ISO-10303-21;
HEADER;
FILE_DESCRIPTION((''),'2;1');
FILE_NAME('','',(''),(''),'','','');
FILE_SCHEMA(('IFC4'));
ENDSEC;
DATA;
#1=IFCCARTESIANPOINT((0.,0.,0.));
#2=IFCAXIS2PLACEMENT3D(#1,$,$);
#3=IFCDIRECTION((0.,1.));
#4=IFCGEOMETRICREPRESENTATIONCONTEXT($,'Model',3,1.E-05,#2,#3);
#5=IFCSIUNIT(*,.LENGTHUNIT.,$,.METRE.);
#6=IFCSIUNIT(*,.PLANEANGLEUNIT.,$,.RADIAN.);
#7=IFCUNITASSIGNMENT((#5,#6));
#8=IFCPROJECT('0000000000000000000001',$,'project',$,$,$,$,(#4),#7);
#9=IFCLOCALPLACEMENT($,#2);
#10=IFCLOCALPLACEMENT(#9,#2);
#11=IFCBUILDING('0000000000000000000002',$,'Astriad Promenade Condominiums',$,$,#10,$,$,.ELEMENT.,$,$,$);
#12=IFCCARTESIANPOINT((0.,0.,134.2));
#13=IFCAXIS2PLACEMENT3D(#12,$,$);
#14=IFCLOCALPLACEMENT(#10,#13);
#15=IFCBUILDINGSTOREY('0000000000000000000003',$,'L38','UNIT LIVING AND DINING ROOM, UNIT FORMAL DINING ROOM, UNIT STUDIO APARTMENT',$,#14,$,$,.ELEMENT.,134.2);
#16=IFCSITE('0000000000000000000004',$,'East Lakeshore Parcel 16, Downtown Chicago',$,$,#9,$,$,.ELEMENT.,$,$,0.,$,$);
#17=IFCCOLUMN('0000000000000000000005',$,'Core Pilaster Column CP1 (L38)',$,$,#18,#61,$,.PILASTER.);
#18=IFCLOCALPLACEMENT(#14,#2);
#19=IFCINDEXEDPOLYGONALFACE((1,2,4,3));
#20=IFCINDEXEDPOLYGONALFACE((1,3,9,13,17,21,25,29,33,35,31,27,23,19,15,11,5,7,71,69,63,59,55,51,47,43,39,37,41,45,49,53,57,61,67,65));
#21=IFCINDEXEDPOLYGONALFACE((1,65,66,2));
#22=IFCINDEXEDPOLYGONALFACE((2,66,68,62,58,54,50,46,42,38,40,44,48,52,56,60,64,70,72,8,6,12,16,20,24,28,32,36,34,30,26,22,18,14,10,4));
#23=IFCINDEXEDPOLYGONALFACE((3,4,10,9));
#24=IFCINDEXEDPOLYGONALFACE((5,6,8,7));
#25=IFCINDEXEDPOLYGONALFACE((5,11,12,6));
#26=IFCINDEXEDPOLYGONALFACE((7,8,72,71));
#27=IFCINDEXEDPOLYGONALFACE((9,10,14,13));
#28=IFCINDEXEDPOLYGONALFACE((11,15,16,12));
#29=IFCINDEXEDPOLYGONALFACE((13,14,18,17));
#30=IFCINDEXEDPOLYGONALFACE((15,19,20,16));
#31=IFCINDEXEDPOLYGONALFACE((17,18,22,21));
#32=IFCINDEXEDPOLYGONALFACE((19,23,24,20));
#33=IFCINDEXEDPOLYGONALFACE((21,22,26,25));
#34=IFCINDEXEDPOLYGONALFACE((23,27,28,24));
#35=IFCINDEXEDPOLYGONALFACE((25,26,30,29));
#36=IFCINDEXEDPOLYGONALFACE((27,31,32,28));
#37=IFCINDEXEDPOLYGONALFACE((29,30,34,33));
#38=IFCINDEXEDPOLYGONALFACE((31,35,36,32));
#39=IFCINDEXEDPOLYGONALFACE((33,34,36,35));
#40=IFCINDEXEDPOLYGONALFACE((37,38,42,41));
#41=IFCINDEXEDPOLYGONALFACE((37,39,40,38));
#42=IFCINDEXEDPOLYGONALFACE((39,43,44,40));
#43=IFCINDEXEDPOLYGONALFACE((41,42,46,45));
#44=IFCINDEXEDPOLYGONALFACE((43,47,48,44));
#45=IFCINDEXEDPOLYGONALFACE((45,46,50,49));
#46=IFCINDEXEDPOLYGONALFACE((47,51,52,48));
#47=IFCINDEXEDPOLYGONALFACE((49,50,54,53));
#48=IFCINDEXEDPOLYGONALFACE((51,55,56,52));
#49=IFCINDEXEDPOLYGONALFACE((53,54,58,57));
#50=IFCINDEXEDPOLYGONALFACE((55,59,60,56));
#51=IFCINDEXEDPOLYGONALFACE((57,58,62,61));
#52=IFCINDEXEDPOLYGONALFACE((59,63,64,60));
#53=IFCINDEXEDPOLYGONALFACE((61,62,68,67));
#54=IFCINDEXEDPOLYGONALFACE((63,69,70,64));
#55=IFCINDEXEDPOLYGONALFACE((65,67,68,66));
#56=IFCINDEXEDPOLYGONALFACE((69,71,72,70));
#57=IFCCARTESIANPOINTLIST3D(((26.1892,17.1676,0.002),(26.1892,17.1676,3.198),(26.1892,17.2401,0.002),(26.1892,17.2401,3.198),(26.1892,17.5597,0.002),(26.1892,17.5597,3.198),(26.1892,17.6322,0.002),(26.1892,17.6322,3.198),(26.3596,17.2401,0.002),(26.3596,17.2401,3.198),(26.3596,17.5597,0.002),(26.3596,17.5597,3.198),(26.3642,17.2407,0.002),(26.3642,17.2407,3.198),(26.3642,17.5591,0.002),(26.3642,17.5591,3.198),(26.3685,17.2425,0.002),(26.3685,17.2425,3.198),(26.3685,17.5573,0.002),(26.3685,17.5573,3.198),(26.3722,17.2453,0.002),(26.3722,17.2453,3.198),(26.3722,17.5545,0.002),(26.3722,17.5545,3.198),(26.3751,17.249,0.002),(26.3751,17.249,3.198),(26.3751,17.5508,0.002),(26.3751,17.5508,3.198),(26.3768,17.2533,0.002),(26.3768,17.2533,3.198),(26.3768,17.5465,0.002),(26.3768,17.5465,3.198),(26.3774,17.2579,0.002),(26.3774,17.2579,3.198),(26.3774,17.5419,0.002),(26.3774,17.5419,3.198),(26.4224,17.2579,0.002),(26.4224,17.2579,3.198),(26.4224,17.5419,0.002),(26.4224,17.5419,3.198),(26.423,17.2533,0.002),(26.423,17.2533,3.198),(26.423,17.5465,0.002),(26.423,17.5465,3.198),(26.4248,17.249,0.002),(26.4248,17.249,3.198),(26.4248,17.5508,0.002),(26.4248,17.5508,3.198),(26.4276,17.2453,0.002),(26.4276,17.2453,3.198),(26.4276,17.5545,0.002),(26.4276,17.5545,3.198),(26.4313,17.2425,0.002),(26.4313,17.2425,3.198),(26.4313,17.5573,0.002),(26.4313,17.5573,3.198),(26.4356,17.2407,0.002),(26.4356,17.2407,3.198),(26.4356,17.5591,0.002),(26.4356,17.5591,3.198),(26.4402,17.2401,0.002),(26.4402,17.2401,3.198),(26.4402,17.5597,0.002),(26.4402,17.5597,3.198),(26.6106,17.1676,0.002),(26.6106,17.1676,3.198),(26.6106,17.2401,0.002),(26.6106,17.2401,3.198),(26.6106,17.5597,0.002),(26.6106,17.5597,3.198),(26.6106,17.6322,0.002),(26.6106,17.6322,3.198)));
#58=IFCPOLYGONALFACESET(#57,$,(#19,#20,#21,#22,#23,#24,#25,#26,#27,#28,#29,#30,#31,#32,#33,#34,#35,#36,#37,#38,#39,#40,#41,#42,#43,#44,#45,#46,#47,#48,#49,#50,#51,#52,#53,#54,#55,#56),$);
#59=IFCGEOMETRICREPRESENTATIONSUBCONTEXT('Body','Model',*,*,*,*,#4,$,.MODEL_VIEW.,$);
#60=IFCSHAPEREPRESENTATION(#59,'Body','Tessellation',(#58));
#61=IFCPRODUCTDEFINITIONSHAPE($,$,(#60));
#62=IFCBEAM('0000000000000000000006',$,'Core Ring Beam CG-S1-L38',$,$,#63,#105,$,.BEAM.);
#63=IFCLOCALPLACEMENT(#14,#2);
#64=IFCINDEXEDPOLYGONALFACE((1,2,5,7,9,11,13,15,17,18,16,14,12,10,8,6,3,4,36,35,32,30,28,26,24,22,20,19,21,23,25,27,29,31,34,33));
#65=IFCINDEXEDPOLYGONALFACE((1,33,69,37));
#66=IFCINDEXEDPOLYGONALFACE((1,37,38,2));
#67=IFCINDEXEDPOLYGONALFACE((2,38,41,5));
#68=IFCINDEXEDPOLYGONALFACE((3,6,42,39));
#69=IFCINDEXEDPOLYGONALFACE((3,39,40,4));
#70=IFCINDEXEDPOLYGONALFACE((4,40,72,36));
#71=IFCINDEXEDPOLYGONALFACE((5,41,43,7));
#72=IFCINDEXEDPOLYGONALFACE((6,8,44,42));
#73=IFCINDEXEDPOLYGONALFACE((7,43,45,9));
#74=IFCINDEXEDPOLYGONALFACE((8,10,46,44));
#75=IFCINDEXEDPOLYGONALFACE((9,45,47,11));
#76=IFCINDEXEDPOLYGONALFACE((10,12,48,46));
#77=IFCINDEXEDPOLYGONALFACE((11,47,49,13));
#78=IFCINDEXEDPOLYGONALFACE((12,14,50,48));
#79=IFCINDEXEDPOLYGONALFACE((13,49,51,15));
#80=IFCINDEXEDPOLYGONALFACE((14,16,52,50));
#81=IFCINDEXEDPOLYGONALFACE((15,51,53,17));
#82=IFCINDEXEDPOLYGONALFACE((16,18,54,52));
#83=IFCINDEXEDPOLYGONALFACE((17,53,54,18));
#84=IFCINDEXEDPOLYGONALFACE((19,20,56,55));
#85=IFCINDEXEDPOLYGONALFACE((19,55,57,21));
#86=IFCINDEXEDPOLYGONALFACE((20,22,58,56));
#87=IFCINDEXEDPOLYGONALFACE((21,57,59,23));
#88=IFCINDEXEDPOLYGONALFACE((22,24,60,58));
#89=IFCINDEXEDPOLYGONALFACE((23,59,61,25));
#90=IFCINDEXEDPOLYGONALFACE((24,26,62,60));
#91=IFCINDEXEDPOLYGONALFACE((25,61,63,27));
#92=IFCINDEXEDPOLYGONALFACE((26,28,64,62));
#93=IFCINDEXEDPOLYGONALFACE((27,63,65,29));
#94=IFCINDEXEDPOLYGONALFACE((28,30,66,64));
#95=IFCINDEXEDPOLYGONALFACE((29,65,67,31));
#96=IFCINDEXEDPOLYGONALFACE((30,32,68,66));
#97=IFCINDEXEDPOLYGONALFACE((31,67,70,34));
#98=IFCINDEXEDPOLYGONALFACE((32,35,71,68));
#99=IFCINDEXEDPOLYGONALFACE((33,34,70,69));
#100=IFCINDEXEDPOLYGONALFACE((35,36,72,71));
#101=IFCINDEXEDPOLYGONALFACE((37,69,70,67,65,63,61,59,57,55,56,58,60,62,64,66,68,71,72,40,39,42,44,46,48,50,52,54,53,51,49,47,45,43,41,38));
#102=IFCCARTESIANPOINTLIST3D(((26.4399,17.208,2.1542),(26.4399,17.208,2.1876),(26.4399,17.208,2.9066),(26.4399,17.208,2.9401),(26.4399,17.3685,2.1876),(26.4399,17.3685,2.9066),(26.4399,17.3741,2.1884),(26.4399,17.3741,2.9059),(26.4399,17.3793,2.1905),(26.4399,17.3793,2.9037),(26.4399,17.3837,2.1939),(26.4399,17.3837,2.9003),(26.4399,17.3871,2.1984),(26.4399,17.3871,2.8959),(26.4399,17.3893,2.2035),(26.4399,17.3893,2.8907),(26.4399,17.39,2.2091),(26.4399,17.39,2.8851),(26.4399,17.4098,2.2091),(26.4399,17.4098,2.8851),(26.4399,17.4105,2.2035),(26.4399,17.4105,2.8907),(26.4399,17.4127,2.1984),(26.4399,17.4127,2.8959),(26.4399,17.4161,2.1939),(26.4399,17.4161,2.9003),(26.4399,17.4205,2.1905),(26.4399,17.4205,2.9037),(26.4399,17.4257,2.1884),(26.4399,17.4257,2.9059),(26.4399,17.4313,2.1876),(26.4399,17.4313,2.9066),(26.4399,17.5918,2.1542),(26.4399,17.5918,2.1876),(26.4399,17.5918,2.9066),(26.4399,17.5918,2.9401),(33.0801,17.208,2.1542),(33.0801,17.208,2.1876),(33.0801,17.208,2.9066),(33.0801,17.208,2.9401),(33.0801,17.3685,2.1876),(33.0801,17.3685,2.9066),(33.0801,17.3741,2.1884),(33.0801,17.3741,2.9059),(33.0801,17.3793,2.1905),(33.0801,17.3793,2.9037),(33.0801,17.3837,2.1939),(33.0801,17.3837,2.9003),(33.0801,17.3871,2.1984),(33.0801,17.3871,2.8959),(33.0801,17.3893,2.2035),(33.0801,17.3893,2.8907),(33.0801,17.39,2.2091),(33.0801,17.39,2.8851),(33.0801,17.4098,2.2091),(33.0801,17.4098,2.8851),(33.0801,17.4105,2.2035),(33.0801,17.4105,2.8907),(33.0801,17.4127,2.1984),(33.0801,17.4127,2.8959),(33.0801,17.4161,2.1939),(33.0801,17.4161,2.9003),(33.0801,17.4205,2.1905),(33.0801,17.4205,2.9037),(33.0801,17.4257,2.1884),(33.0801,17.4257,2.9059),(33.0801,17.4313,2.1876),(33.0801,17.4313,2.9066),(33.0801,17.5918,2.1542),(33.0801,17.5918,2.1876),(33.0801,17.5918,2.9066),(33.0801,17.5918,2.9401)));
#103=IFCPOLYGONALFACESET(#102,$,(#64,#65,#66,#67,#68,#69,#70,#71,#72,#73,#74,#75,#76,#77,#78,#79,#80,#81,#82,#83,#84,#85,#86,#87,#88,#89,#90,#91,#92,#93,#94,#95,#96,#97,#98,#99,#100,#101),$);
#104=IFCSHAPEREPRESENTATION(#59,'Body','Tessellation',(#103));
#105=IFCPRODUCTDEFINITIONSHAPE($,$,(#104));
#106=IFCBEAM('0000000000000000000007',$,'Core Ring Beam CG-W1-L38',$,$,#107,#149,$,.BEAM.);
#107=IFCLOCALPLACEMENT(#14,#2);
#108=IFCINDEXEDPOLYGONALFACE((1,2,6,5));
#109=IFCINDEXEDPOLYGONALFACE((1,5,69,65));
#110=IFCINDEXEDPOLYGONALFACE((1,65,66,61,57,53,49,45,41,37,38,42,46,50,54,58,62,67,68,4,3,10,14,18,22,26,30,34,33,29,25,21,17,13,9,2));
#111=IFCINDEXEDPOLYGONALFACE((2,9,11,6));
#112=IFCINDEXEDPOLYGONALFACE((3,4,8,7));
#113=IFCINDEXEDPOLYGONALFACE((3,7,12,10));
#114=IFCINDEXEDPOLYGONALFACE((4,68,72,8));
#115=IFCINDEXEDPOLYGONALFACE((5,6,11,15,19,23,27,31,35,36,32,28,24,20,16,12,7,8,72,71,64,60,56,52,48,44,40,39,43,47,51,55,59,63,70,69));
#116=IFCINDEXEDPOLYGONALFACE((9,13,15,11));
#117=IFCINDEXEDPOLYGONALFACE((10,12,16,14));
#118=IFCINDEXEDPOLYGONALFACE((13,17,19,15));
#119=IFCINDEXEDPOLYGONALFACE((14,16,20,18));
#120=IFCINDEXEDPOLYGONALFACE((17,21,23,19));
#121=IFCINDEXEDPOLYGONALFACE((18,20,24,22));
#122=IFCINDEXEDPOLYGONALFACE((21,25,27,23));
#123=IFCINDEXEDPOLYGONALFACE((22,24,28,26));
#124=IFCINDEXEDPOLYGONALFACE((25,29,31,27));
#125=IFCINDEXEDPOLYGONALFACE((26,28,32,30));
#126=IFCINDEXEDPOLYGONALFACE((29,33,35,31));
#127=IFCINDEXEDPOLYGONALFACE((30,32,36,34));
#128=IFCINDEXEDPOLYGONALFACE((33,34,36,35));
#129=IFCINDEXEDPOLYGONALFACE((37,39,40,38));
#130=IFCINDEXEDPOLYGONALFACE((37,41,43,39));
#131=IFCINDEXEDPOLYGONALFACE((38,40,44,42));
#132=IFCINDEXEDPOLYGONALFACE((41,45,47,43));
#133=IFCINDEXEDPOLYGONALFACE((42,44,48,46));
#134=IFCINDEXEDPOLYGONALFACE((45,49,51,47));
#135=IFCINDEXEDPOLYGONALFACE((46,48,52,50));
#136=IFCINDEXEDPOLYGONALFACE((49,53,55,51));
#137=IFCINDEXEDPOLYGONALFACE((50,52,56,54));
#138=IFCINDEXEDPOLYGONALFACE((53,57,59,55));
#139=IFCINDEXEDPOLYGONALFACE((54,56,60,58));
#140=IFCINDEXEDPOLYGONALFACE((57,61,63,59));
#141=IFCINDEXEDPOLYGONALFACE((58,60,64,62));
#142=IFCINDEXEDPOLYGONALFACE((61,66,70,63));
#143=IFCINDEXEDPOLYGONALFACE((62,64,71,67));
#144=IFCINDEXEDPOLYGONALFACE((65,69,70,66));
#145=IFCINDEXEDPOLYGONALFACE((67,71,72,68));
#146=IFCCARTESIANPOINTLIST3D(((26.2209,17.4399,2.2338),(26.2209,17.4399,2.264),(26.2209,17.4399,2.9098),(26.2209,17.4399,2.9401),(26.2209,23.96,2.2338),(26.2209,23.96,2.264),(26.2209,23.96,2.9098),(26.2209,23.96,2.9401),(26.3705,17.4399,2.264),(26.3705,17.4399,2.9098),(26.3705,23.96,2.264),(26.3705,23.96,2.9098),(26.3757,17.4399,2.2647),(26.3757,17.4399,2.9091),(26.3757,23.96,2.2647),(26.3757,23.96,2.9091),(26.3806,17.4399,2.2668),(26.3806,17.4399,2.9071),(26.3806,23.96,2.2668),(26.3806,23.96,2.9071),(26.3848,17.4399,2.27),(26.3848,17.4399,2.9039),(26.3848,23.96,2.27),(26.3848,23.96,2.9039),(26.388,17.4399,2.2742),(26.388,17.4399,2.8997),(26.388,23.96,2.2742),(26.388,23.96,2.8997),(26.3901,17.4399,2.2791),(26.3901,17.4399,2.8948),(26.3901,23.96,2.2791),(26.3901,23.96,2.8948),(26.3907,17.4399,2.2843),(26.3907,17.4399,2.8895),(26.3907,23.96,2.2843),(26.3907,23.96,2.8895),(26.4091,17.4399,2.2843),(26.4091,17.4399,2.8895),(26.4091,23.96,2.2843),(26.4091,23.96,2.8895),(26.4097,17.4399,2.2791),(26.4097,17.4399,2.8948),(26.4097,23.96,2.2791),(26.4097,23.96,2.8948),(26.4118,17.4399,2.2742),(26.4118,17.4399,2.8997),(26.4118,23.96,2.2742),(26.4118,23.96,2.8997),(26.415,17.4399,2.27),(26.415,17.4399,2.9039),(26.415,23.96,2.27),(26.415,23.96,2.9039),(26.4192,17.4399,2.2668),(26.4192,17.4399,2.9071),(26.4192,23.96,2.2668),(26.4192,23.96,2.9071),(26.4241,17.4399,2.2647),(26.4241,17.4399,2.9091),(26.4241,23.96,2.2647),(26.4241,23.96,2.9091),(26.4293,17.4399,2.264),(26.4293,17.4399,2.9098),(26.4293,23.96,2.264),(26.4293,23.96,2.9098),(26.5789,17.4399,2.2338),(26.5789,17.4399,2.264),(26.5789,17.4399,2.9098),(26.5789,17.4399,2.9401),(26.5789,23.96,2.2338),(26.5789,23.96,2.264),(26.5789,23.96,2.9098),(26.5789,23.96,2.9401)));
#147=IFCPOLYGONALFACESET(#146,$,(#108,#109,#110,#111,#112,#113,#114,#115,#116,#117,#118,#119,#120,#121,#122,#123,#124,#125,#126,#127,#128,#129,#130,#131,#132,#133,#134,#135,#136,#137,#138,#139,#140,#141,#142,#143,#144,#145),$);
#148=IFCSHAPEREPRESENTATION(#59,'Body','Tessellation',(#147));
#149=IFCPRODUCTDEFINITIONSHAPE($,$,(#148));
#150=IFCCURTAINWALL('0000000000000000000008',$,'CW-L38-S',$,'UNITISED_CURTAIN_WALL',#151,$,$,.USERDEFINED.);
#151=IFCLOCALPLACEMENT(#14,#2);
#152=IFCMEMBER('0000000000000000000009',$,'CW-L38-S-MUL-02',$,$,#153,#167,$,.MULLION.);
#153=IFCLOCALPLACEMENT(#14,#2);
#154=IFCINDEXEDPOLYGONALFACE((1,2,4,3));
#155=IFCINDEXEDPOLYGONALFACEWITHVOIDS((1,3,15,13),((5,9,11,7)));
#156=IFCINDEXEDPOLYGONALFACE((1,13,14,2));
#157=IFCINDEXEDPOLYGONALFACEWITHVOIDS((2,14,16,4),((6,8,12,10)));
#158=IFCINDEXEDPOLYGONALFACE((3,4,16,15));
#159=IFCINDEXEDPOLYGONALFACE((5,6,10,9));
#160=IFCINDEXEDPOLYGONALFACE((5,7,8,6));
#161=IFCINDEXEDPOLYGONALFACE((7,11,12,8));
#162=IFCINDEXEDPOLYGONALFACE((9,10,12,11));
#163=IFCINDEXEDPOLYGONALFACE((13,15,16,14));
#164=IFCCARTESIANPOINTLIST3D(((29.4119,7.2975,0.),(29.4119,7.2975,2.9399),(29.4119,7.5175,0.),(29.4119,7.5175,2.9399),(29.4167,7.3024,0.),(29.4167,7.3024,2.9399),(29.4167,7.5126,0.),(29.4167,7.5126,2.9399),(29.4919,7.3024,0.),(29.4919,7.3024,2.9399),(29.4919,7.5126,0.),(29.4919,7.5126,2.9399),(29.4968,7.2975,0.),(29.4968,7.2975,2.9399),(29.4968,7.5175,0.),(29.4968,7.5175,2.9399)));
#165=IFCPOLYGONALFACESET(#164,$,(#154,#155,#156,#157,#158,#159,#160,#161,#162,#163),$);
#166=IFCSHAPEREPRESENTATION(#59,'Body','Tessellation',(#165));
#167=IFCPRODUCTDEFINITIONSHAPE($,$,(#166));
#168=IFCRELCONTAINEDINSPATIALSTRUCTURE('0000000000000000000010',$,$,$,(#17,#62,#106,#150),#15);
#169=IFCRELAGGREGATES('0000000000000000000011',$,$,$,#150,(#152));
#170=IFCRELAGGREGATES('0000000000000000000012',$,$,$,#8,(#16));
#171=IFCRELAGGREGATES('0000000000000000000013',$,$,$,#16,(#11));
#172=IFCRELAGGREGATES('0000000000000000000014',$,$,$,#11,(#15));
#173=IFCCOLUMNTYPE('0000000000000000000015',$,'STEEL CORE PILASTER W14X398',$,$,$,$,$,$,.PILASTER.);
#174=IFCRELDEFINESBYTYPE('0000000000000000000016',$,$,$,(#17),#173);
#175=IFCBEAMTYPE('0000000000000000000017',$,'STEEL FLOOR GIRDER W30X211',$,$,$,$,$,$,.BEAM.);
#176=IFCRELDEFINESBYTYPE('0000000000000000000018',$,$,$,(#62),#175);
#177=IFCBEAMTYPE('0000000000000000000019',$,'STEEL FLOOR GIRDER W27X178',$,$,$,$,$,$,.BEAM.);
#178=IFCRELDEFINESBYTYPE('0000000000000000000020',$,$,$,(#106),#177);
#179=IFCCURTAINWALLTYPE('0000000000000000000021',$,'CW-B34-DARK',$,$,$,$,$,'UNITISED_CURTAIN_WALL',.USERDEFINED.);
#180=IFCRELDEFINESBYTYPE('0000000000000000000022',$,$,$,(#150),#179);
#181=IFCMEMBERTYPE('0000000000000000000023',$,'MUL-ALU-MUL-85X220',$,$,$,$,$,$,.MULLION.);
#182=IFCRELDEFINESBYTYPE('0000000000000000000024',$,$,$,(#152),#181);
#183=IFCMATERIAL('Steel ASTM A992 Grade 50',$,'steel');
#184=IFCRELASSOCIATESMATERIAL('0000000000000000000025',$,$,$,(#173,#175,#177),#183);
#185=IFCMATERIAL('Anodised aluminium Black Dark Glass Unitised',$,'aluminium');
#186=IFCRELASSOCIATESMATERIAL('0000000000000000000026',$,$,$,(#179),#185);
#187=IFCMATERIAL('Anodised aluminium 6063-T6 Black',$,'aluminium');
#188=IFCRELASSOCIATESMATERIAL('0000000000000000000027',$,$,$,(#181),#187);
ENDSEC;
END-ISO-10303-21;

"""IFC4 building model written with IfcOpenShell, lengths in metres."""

from ifc_helpers import new_model, si_unit, direction, frame, origin, origin_2d, place, context, subcontext, project, spatial, hollow_rectangle, i_section, extrude, source, transform, mapped, material, material_profile, profile_set, type_object, type_shapes, element, aggregate, save


model = new_model("IFC4")

# Units and contexts
model_context = context("Model", 3, precision=1e-05, world=origin(), true_north=direction((0.0, 1.0)))
body_context = subcontext(model_context, "Body", "Model", "MODEL_VIEW")
ifc_project = project(units=[si_unit("LENGTHUNIT", "METRE"), si_unit("PLANEANGLEUNIT", "RADIAN")], contexts=[model_context])

# Site, building, storey
site_placement = place(None, origin())
site = spatial("IfcSite", under=ifc_project, at=site_placement, Name="East Lakeshore Parcel 16, Downtown Chicago", CompositionType="ELEMENT", RefElevation=0.0)
building_placement = place(site_placement, origin())
building = spatial("IfcBuilding", under=site, at=building_placement, Name="Astriad Promenade Condominiums", CompositionType="ELEMENT")
storey_placement = place(building_placement, frame((0.0, 0.0, 134.2)))
storey = spatial("IfcBuildingStorey", under=building, at=storey_placement, Name="L38", Description="UNIT LIVING AND DINING ROOM, UNIT FORMAL DINING ROOM, UNIT STUDIO APARTMENT", CompositionType="ELEMENT", Elevation=134.2)

# Column
ifc_material_1 = material(Name="Steel ASTM A992 Grade 50", Category="steel")
ifc_material_profile_1 = material_profile(ifc_material_1, i_section(OverallWidth=0.4214, OverallDepth=0.4646, WebThickness=0.0449, FlangeThickness=0.0725, FilletRadius=0.0178, at=origin_2d()), Name="W14X398")
ifc_profile_set_1 = profile_set([ifc_material_profile_1], Name="Steel ASTM A992 Grade 50")
column_type = type_object("IfcColumnType", Name="STEEL CORE PILASTER W14X398", PredefinedType="PILASTER", material=ifc_profile_set_1)
shared_shape_1 = source(origin(), body_context, "Body", "SweptSolid", [
    extrude(i_section(OverallWidth=0.4214, OverallDepth=0.4646, WebThickness=0.0449, FlangeThickness=0.0725, FilletRadius=0.0178, at=origin_2d()), origin(), (0.0, 0.0, 1.0), 3.196),
])
type_shapes(column_type, [shared_shape_1])
column_placement = place(storey_placement, frame((26.3999, 17.3999, 0.002), z_axis=(0.0, 0.0, 1.0), x_axis=(1.0, 0.0, 0.0)))
element("IfcColumn", 1, at=column_placement, inside=storey, type_object=column_type, Name="Core Pilaster Column CP1 (L38)", PredefinedType="PILASTER", context=body_context, shape_type="MappedRepresentation", body=[
    mapped(shared_shape_1, transform((0.0, 0.0, 0.0), scale=1.0)),
])

# Beams
ifc_material_profile_2 = material_profile(ifc_material_1, i_section(OverallWidth=0.3838, OverallDepth=0.7859, WebThickness=0.0198, FlangeThickness=0.0334, FilletRadius=0.0215, at=origin_2d()), Name="W30X211")
ifc_profile_set_2 = profile_set([ifc_material_profile_2], Name="Steel ASTM A992 Grade 50")
beam_type_1 = type_object("IfcBeamType", Name="STEEL FLOOR GIRDER W30X211", PredefinedType="BEAM", material=ifc_profile_set_2)
shared_shape_2 = source(origin(), body_context, "Body", "SweptSolid", [
    extrude(i_section(OverallWidth=0.3838, OverallDepth=0.7859, WebThickness=0.0198, FlangeThickness=0.0334, FilletRadius=0.0215, at=origin_2d()), origin(), (0.0, 0.0, 1.0), 6.6401),
])
type_shapes(beam_type_1, [shared_shape_2])
beam_1_placement = place(storey_placement, frame((26.4399, 17.3999, 2.5471), z_axis=(1.0, 0.0, 0.0), x_axis=(0.0, 1.0, 0.0)))
element("IfcBeam", 2, at=beam_1_placement, inside=storey, type_object=beam_type_1, Name="Core Ring Beam CG-S1-L38", PredefinedType="BEAM", context=body_context, shape_type="MappedRepresentation", body=[
    mapped(shared_shape_2, transform((0.0, 0.0, 0.0), scale=1.0)),
])
ifc_material_profile_3 = material_profile(ifc_material_1, i_section(OverallWidth=0.3579, OverallDepth=0.7063, WebThickness=0.0183, FlangeThickness=0.0303, FilletRadius=0.0203, at=origin_2d()), Name="W27X178")
ifc_profile_set_3 = profile_set([ifc_material_profile_3], Name="Steel ASTM A992 Grade 50")
beam_type_2 = type_object("IfcBeamType", Name="STEEL FLOOR GIRDER W27X178", PredefinedType="BEAM", material=ifc_profile_set_3)
shared_shape_3 = source(origin(), body_context, "Body", "SweptSolid", [
    extrude(i_section(OverallWidth=0.3579, OverallDepth=0.7063, WebThickness=0.0183, FlangeThickness=0.0303, FilletRadius=0.0203, at=origin_2d()), origin(), (0.0, 0.0, 1.0), 6.52),
])
type_shapes(beam_type_2, [shared_shape_3])
beam_2_placement = place(storey_placement, frame((26.3999, 17.4399, 2.5869), z_axis=(0.0, 1.0, 0.0), x_axis=(-1.0, 0.0, 0.0)))
element("IfcBeam", 3, at=beam_2_placement, inside=storey, type_object=beam_type_2, Name="Core Ring Beam CG-W1-L38", PredefinedType="BEAM", context=body_context, shape_type="MappedRepresentation", body=[
    mapped(shared_shape_3, transform((0.0, 0.0, 0.0), scale=1.0)),
])

# Curtain wall, member
ifc_material_2 = material(Name="Anodised aluminium Black Dark Glass Unitised", Category="aluminium")
curtain_wall_type = type_object("IfcCurtainWallType", Name="CW-B34-DARK", ElementType="UNITISED_CURTAIN_WALL", PredefinedType="USERDEFINED", material=ifc_material_2)
curtain_wall_placement = place(storey_placement, origin())
curtain_wall = element("IfcCurtainWall", 4, at=curtain_wall_placement, inside=storey, type_object=curtain_wall_type, Name="CW-L38-S", ObjectType="UNITISED_CURTAIN_WALL", PredefinedType="USERDEFINED")
ifc_material_3 = material(Name="Anodised aluminium 6063-T6 Black", Category="aluminium")
ifc_material_profile_4 = material_profile(ifc_material_3, hollow_rectangle(XDim=0.085, YDim=0.22, WallThickness=0.0049, at=origin_2d()), Name="ALU-MUL-85X220")
ifc_profile_set_4 = profile_set([ifc_material_profile_4], Name="Anodised aluminium 6063-T6 Black")
member_type_1 = type_object("IfcMemberType", Name="MUL-ALU-MUL-85X220", PredefinedType="MULLION", material=ifc_profile_set_4)
shared_shape_4 = source(origin(), body_context, "Body", "SweptSolid", [
    extrude(hollow_rectangle(XDim=0.085, YDim=0.22, WallThickness=0.0049, at=origin_2d()), origin(), (0.0, 0.0, 1.0), 2.9399),
])
type_shapes(member_type_1, [shared_shape_4])
member_1_placement = place(storey_placement, frame((29.4543, 7.4075, 0.0), z_axis=(0.0, 0.0, 1.0), x_axis=(1.0, 0.0, 0.0)))
member_1 = element("IfcMember", 5, at=member_1_placement, type_object=member_type_1, Name="CW-L38-S-MUL-02", PredefinedType="MULLION", context=body_context, shape_type="MappedRepresentation", body=[
    mapped(shared_shape_4, transform((0.0, 0.0, 0.0), scale=1.0)),
])
aggregate(curtain_wall, [member_1])

save(model, "model.ifc")
